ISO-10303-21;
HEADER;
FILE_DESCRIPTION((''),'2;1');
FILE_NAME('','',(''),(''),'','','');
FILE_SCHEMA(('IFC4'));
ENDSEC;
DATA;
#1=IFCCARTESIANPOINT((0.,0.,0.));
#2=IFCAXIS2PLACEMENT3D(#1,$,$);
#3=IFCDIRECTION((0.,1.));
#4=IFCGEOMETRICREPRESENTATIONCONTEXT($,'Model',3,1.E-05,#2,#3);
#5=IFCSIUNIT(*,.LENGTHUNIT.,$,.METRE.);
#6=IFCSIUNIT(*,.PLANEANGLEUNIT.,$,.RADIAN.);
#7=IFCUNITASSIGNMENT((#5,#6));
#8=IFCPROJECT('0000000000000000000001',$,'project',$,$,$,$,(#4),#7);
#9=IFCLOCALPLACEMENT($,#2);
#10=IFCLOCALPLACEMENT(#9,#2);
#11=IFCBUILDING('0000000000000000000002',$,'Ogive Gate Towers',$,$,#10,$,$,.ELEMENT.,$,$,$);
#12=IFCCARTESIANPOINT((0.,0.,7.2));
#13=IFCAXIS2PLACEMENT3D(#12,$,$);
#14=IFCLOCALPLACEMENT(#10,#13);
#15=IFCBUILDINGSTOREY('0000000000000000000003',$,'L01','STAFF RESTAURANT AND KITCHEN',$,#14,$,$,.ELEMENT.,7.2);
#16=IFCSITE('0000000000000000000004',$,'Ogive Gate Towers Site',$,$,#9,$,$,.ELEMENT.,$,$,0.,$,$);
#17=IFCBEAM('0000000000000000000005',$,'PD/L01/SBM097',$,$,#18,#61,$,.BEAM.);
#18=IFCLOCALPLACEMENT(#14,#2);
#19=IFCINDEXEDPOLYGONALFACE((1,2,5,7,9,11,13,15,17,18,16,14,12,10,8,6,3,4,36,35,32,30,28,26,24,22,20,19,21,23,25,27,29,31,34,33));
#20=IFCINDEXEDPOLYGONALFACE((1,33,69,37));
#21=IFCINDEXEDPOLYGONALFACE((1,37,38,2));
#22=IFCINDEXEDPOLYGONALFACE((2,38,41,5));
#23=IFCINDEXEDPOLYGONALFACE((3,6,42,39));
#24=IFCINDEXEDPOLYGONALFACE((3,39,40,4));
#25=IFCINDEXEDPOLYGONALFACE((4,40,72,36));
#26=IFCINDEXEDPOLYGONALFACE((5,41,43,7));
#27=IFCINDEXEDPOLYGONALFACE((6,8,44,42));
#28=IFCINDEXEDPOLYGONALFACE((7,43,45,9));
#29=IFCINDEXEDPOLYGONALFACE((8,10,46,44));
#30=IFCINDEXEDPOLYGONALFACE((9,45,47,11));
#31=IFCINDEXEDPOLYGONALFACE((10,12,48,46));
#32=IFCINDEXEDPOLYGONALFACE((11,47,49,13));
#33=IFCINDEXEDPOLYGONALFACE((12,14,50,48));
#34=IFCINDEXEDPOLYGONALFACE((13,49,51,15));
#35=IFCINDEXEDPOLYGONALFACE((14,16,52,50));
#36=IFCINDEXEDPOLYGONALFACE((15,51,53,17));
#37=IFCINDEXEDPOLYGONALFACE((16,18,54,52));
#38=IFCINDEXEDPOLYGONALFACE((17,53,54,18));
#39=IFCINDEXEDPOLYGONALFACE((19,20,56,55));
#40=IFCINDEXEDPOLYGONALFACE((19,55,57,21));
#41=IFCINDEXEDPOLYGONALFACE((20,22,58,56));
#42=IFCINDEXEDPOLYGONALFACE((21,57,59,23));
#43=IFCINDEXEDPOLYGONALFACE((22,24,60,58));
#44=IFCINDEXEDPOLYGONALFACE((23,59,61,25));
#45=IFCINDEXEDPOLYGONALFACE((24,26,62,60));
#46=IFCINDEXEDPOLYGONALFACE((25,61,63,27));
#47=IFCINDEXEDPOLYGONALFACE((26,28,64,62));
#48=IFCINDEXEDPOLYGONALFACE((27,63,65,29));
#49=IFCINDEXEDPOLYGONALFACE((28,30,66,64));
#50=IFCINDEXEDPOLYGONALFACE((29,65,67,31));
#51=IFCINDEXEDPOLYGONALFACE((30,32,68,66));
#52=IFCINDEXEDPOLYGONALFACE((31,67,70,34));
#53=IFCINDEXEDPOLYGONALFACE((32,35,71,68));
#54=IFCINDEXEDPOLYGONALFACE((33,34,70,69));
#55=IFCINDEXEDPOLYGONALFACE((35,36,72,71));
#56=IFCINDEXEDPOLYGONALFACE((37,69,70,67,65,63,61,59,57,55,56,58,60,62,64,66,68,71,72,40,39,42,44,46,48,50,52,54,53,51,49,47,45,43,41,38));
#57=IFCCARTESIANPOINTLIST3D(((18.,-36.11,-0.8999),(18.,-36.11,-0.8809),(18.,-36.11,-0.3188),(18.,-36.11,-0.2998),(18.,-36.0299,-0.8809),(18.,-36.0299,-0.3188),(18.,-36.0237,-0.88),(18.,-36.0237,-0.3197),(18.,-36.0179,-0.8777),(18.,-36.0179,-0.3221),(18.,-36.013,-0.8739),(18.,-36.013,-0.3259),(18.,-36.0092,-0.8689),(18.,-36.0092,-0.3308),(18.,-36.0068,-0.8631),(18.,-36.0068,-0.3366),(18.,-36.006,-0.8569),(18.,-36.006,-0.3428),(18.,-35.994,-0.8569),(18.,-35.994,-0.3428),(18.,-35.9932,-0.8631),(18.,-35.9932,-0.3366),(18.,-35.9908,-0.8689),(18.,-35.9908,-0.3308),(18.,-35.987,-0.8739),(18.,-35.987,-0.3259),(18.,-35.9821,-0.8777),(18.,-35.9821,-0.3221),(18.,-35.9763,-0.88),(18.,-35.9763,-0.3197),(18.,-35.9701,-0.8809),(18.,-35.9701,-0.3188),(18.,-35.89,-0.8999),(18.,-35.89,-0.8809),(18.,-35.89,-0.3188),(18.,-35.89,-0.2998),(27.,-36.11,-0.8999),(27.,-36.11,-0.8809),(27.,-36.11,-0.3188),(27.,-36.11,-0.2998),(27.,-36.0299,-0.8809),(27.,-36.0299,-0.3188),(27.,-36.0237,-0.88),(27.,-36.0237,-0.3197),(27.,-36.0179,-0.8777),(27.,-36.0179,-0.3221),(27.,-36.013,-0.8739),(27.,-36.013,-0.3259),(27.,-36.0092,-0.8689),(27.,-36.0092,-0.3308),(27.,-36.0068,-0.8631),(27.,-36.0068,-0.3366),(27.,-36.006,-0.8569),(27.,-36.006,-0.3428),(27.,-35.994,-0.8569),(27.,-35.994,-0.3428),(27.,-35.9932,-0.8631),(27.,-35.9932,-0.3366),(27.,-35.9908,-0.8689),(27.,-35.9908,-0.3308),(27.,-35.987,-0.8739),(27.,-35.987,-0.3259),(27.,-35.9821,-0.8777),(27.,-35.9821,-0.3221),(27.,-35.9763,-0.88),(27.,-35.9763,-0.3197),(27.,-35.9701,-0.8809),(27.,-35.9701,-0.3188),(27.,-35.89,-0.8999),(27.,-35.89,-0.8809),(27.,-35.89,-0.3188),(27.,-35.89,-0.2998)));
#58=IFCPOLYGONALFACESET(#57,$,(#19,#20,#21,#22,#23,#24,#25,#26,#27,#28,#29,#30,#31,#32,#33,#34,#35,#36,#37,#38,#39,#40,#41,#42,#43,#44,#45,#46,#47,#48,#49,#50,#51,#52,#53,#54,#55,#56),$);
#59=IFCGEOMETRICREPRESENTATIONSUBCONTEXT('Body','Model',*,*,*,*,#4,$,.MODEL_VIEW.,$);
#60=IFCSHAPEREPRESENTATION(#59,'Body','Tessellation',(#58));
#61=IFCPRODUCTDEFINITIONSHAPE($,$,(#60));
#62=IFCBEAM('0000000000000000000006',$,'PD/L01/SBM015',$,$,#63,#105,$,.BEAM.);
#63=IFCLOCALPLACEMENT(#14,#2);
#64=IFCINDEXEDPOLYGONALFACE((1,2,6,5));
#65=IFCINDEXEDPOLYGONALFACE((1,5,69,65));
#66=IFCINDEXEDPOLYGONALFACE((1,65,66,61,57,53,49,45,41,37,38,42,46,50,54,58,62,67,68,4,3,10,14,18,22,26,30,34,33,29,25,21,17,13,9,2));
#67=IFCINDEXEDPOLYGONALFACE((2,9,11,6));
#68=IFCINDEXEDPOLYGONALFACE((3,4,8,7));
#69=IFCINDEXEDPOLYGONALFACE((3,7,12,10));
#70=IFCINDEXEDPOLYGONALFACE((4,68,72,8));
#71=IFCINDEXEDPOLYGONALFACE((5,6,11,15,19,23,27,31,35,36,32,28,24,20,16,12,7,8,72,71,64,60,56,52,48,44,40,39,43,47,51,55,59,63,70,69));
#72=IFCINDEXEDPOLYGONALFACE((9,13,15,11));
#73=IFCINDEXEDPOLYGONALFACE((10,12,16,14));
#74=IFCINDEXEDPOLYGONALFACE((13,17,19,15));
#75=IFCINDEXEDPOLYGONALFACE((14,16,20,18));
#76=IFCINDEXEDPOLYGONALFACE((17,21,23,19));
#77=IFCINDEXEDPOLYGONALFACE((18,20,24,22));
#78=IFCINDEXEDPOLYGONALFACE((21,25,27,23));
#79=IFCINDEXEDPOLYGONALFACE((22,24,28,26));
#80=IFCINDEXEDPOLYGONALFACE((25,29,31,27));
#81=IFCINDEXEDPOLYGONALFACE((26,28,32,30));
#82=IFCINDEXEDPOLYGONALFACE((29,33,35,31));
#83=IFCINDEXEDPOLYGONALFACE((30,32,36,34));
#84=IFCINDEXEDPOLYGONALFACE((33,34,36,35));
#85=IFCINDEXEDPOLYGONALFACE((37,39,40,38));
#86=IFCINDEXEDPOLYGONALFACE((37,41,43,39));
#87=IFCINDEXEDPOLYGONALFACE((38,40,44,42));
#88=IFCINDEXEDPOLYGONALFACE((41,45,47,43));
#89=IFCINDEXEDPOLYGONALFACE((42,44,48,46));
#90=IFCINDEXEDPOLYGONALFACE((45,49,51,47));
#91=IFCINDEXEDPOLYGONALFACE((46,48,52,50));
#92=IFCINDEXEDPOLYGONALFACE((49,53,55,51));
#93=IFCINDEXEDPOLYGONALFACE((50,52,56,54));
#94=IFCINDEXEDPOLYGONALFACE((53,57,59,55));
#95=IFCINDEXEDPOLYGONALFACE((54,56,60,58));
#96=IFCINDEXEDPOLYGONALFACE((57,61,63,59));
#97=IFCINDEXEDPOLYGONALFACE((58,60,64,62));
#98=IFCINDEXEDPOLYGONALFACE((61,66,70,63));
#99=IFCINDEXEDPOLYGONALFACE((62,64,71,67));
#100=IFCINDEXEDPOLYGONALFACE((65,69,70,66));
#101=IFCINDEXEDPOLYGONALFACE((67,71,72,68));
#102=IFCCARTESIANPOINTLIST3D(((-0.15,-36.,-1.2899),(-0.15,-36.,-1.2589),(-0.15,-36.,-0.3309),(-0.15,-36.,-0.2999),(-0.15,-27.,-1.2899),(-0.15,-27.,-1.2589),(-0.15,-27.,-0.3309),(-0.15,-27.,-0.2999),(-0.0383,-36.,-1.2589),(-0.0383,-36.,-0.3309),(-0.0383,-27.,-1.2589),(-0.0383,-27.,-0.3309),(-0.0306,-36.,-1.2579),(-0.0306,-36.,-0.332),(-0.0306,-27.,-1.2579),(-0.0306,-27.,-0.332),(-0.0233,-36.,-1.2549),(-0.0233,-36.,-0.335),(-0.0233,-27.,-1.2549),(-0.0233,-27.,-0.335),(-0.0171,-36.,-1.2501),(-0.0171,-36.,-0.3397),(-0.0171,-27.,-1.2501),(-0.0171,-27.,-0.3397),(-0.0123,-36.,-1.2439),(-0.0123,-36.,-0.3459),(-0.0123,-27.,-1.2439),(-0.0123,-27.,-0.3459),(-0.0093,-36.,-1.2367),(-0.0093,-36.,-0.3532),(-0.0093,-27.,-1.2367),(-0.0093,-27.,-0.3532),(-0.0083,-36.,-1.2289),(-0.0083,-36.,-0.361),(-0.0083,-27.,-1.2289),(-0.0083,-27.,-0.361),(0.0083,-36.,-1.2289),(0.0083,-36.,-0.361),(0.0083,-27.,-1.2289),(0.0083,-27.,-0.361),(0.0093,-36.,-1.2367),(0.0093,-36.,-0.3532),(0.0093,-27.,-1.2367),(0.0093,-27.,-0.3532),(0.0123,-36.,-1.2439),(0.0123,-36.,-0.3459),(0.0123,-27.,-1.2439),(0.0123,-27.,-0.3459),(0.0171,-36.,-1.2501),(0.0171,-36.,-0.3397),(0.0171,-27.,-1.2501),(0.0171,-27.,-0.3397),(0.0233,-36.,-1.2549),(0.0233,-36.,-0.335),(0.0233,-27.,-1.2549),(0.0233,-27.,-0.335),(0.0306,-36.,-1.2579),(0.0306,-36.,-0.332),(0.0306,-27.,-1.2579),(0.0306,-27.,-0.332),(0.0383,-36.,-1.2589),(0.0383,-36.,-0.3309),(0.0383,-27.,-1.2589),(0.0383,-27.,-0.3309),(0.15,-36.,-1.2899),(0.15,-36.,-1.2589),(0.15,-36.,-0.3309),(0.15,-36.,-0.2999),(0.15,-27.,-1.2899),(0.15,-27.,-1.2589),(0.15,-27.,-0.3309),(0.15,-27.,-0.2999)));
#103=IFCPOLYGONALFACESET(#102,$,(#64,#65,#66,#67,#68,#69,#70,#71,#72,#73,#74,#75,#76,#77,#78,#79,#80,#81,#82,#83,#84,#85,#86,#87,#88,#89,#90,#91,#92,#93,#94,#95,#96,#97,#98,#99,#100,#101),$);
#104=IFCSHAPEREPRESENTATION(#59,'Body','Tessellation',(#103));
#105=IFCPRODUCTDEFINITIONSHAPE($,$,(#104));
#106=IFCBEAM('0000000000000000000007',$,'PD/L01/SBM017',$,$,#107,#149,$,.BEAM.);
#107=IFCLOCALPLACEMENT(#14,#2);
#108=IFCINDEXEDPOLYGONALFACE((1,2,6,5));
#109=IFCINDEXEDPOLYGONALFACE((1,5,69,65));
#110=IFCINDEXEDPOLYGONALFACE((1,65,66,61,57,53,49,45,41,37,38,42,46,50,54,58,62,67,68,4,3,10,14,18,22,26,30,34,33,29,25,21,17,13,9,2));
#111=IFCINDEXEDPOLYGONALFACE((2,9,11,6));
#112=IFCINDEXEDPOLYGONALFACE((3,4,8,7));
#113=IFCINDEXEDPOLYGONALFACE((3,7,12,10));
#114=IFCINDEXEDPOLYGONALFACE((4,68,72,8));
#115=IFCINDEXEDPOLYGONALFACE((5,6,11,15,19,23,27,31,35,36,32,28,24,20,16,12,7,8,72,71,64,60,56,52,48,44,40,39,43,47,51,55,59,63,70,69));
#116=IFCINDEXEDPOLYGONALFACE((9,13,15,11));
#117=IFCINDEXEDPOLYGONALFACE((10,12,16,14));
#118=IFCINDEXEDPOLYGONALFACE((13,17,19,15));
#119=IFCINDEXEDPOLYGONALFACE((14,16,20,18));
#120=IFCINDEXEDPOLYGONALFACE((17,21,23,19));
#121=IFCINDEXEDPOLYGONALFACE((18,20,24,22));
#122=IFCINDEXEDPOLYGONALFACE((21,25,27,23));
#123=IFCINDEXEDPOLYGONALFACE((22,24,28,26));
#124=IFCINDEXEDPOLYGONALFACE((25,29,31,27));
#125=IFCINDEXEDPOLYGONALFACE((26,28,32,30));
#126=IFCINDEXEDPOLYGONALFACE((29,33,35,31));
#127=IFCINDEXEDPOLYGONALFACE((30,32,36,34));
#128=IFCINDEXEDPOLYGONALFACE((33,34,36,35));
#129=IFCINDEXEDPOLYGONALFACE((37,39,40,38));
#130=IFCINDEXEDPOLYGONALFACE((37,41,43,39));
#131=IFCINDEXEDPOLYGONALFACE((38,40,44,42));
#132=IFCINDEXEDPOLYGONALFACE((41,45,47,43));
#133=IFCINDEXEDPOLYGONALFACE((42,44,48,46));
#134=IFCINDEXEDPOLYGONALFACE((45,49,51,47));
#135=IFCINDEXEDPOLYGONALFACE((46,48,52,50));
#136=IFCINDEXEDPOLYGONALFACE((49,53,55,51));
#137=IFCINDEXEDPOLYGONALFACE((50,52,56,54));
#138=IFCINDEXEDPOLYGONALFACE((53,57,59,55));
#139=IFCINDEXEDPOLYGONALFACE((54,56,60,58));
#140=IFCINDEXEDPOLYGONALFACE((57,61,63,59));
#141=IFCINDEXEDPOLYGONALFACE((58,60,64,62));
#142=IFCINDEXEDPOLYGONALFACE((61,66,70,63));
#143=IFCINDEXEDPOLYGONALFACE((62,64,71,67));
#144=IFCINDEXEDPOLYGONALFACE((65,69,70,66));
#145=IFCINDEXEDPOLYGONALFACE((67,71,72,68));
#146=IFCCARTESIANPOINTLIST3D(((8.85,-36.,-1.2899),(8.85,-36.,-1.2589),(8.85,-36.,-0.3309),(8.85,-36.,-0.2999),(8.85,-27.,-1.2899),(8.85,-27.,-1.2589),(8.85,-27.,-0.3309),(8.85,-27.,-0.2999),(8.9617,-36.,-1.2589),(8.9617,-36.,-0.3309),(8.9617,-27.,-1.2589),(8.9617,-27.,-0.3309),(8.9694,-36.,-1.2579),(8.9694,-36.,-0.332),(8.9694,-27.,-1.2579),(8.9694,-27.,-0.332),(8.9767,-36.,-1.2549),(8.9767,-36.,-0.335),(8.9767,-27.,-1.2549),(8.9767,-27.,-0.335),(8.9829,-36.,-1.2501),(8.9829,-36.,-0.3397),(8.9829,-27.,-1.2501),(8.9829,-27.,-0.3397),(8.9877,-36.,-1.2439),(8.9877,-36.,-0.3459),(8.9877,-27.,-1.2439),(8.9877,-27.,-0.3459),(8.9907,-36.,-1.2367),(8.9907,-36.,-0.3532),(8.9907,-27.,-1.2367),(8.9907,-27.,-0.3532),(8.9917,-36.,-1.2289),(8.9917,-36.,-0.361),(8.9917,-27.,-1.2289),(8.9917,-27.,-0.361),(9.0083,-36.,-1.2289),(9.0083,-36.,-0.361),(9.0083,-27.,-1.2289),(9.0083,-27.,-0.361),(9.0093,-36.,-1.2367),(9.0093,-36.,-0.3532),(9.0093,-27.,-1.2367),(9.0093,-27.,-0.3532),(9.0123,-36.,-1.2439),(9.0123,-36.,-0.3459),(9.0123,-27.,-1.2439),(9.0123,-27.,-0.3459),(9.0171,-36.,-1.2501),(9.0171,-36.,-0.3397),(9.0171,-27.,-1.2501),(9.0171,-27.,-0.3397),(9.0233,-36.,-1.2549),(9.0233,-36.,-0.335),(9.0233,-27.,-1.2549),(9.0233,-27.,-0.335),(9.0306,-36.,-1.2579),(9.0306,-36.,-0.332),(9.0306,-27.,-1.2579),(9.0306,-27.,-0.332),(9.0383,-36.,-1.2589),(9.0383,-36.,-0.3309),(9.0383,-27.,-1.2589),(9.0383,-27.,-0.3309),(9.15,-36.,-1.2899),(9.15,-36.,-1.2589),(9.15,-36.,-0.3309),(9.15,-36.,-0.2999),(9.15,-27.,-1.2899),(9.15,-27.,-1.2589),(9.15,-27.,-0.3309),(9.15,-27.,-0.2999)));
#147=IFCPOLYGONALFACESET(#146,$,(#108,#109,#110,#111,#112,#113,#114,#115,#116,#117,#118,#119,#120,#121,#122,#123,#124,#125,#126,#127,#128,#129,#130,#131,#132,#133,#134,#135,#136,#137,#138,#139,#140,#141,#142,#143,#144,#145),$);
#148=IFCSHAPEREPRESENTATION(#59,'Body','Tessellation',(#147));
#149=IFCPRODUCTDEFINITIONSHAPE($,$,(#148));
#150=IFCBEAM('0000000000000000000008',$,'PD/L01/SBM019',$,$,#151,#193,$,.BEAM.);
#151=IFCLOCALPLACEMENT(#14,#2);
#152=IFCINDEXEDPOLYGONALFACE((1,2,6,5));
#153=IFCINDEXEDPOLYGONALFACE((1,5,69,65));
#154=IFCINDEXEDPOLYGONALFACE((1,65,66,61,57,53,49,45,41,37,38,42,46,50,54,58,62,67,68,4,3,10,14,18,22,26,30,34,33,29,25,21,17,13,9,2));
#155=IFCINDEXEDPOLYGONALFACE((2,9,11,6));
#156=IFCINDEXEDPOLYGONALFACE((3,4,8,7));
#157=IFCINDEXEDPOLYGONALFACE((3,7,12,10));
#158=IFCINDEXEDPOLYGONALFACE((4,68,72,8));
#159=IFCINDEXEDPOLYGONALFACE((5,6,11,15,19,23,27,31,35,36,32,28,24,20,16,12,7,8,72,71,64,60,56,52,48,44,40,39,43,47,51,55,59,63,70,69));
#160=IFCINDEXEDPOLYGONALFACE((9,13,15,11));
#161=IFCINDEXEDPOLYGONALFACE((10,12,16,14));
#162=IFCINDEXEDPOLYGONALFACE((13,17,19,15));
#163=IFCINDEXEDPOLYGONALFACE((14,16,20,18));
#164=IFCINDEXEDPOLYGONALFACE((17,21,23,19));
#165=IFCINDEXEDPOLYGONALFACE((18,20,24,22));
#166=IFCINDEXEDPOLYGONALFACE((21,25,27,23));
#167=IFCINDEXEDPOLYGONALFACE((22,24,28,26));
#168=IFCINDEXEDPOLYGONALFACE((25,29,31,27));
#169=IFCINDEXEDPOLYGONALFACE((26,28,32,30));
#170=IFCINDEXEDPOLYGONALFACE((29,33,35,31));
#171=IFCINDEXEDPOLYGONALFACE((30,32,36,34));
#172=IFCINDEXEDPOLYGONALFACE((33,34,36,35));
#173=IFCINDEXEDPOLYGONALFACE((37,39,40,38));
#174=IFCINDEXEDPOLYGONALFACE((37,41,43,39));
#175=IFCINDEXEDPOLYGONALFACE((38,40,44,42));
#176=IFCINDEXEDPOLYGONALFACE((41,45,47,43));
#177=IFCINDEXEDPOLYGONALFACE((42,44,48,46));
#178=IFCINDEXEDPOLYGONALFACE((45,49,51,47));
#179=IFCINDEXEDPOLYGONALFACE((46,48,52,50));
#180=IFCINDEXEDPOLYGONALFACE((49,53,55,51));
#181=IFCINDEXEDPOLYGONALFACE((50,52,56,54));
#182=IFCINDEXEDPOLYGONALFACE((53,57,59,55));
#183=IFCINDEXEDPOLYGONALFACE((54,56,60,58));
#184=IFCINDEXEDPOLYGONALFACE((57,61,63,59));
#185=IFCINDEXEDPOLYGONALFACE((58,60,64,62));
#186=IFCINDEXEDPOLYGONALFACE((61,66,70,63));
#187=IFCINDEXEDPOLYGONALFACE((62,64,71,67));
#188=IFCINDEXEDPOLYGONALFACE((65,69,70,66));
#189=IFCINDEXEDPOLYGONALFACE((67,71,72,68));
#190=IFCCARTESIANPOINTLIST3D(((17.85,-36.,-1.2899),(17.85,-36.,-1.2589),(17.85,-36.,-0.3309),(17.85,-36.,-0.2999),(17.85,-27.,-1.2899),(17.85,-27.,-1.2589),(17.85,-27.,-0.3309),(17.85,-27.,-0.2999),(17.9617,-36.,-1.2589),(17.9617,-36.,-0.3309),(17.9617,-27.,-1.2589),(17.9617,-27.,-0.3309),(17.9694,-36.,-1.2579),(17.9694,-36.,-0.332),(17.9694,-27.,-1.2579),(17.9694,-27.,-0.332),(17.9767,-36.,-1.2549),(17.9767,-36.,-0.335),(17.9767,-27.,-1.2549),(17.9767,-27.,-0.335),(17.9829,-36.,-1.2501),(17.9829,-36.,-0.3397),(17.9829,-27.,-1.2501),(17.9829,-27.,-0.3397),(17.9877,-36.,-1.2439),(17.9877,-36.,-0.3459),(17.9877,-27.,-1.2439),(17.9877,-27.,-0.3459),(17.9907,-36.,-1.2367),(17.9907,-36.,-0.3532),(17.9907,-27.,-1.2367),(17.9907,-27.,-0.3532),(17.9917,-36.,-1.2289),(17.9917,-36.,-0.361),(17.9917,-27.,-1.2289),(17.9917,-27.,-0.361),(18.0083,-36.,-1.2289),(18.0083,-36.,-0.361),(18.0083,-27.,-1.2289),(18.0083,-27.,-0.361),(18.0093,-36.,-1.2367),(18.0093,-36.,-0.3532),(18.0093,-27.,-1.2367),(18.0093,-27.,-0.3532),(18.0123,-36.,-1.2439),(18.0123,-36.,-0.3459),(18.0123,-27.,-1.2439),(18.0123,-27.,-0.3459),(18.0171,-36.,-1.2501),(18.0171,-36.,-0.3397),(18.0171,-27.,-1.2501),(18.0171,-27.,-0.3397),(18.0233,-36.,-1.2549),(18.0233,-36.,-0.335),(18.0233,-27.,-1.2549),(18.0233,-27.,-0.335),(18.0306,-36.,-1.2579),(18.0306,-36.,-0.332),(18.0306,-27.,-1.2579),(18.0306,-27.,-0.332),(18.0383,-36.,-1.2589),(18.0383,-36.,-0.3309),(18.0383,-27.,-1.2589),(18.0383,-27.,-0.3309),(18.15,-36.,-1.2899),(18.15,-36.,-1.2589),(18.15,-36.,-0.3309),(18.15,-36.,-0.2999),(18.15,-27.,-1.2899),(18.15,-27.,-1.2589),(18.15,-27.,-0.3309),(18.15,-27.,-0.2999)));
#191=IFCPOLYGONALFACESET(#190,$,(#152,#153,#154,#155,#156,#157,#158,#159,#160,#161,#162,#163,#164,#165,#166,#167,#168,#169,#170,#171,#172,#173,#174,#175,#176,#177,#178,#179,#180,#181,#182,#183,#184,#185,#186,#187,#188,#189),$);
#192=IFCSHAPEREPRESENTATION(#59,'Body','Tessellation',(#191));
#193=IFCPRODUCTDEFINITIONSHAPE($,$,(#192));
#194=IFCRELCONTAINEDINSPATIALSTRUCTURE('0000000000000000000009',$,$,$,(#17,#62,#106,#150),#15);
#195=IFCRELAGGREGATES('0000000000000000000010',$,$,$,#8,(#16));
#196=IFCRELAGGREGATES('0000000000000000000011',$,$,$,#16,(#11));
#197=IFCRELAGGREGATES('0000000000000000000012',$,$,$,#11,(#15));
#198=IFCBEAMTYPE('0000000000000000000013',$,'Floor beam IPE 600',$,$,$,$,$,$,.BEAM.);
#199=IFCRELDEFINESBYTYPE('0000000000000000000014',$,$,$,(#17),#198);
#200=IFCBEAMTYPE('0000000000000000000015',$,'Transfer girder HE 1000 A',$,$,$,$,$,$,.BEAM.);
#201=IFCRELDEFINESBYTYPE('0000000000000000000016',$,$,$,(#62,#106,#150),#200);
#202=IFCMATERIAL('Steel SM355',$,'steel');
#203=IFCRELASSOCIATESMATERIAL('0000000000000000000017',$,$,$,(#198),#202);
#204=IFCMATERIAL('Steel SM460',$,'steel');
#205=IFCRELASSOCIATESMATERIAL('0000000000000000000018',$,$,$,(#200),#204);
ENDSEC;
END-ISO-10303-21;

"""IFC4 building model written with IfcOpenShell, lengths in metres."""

from ifc_helpers import new_model, si_unit, direction, frame, origin, origin_2d, place, context, subcontext, project, spatial, i_section, extrude, material, material_profile, profile_set, type_object, element, save


model = new_model("IFC4")

# Units and contexts
model_context = context("Model", 3, precision=1e-05, world=origin(), true_north=direction((0.0, 1.0)))
body_context = subcontext(model_context, "Body", "Model", "MODEL_VIEW")
ifc_project = project(units=[si_unit("LENGTHUNIT", "METRE"), si_unit("PLANEANGLEUNIT", "RADIAN")], contexts=[model_context])

# Site, building, storey
site_placement = place(None, origin())
site = spatial("IfcSite", under=ifc_project, at=site_placement, Name="Ogive Gate Towers Site", CompositionType="ELEMENT", RefElevation=0.0)
building_placement = place(site_placement, origin())
building = spatial("IfcBuilding", under=site, at=building_placement, Name="Ogive Gate Towers", CompositionType="ELEMENT")
storey_placement = place(building_placement, frame((0.0, 0.0, 7.2)))
storey = spatial("IfcBuildingStorey", under=building, at=storey_placement, Name="L01", Description="STAFF RESTAURANT AND KITCHEN", CompositionType="ELEMENT", Elevation=7.2)

# Beams
ifc_material_1 = material(Name="Steel SM355", Category="steel")
ifc_material_profile_1 = material_profile(ifc_material_1, i_section(OverallWidth=0.22, OverallDepth=0.6001, WebThickness=0.012, FlangeThickness=0.019, FilletRadius=0.0239, at=origin_2d()), Name="IPE 600")
ifc_profile_set_1 = profile_set([ifc_material_profile_1], Name="Steel SM355")
beam_type_1 = type_object("IfcBeamType", Name="Floor beam IPE 600", PredefinedType="BEAM", material=ifc_profile_set_1)
for number, where, z_axis, x_axis, name in (
    (1, (18.0, -36.0, -0.5999), (1.0, 0.0, 0.0), (0.0, 1.0, 0.0), "PD/L01/SBM097"),
):
    element("IfcBeam", number, at=place(storey_placement, frame(where, z_axis=z_axis, x_axis=x_axis)), inside=storey, type_object=beam_type_1, Name=name, PredefinedType="BEAM", context=body_context, shape_type="SweptSolid", body=[
        extrude(i_section(OverallWidth=0.22, OverallDepth=0.6001, WebThickness=0.012, FlangeThickness=0.019, FilletRadius=0.0239, at=origin_2d()), origin(), (0.0, 0.0, 1.0), 9.0),
    ])
ifc_material_2 = material(Name="Steel SM460", Category="steel")
ifc_material_profile_2 = material_profile(ifc_material_2, i_section(OverallWidth=0.3, OverallDepth=0.99, WebThickness=0.0166, FlangeThickness=0.031, FilletRadius=0.03, at=origin_2d()), Name="HE 1000 A")
ifc_profile_set_2 = profile_set([ifc_material_profile_2], Name="Steel SM460")
beam_type_2 = type_object("IfcBeamType", Name="Transfer girder HE 1000 A", PredefinedType="BEAM", material=ifc_profile_set_2)
for number, where, z_axis, x_axis, name in (
    (2, (0.0, -36.0, -0.7949), (0.0, 1.0, 0.0), (-1.0, 0.0, 0.0), "PD/L01/SBM015"),
    (3, (9.0, -36.0, -0.7949), (0.0, 1.0, 0.0), (-1.0, 0.0, 0.0), "PD/L01/SBM017"),
    (4, (18.0, -36.0, -0.7949), (0.0, 1.0, 0.0), (-1.0, 0.0, 0.0), "PD/L01/SBM019"),
):
    element("IfcBeam", number, at=place(storey_placement, frame(where, z_axis=z_axis, x_axis=x_axis)), inside=storey, type_object=beam_type_2, Name=name, PredefinedType="BEAM", context=body_context, shape_type="SweptSolid", body=[
        extrude(i_section(OverallWidth=0.3, OverallDepth=0.99, WebThickness=0.0166, FlangeThickness=0.031, FilletRadius=0.03, at=origin_2d()), origin(), (0.0, 0.0, 1.0), 9.0),
    ])

save(model, "model.ifc")
